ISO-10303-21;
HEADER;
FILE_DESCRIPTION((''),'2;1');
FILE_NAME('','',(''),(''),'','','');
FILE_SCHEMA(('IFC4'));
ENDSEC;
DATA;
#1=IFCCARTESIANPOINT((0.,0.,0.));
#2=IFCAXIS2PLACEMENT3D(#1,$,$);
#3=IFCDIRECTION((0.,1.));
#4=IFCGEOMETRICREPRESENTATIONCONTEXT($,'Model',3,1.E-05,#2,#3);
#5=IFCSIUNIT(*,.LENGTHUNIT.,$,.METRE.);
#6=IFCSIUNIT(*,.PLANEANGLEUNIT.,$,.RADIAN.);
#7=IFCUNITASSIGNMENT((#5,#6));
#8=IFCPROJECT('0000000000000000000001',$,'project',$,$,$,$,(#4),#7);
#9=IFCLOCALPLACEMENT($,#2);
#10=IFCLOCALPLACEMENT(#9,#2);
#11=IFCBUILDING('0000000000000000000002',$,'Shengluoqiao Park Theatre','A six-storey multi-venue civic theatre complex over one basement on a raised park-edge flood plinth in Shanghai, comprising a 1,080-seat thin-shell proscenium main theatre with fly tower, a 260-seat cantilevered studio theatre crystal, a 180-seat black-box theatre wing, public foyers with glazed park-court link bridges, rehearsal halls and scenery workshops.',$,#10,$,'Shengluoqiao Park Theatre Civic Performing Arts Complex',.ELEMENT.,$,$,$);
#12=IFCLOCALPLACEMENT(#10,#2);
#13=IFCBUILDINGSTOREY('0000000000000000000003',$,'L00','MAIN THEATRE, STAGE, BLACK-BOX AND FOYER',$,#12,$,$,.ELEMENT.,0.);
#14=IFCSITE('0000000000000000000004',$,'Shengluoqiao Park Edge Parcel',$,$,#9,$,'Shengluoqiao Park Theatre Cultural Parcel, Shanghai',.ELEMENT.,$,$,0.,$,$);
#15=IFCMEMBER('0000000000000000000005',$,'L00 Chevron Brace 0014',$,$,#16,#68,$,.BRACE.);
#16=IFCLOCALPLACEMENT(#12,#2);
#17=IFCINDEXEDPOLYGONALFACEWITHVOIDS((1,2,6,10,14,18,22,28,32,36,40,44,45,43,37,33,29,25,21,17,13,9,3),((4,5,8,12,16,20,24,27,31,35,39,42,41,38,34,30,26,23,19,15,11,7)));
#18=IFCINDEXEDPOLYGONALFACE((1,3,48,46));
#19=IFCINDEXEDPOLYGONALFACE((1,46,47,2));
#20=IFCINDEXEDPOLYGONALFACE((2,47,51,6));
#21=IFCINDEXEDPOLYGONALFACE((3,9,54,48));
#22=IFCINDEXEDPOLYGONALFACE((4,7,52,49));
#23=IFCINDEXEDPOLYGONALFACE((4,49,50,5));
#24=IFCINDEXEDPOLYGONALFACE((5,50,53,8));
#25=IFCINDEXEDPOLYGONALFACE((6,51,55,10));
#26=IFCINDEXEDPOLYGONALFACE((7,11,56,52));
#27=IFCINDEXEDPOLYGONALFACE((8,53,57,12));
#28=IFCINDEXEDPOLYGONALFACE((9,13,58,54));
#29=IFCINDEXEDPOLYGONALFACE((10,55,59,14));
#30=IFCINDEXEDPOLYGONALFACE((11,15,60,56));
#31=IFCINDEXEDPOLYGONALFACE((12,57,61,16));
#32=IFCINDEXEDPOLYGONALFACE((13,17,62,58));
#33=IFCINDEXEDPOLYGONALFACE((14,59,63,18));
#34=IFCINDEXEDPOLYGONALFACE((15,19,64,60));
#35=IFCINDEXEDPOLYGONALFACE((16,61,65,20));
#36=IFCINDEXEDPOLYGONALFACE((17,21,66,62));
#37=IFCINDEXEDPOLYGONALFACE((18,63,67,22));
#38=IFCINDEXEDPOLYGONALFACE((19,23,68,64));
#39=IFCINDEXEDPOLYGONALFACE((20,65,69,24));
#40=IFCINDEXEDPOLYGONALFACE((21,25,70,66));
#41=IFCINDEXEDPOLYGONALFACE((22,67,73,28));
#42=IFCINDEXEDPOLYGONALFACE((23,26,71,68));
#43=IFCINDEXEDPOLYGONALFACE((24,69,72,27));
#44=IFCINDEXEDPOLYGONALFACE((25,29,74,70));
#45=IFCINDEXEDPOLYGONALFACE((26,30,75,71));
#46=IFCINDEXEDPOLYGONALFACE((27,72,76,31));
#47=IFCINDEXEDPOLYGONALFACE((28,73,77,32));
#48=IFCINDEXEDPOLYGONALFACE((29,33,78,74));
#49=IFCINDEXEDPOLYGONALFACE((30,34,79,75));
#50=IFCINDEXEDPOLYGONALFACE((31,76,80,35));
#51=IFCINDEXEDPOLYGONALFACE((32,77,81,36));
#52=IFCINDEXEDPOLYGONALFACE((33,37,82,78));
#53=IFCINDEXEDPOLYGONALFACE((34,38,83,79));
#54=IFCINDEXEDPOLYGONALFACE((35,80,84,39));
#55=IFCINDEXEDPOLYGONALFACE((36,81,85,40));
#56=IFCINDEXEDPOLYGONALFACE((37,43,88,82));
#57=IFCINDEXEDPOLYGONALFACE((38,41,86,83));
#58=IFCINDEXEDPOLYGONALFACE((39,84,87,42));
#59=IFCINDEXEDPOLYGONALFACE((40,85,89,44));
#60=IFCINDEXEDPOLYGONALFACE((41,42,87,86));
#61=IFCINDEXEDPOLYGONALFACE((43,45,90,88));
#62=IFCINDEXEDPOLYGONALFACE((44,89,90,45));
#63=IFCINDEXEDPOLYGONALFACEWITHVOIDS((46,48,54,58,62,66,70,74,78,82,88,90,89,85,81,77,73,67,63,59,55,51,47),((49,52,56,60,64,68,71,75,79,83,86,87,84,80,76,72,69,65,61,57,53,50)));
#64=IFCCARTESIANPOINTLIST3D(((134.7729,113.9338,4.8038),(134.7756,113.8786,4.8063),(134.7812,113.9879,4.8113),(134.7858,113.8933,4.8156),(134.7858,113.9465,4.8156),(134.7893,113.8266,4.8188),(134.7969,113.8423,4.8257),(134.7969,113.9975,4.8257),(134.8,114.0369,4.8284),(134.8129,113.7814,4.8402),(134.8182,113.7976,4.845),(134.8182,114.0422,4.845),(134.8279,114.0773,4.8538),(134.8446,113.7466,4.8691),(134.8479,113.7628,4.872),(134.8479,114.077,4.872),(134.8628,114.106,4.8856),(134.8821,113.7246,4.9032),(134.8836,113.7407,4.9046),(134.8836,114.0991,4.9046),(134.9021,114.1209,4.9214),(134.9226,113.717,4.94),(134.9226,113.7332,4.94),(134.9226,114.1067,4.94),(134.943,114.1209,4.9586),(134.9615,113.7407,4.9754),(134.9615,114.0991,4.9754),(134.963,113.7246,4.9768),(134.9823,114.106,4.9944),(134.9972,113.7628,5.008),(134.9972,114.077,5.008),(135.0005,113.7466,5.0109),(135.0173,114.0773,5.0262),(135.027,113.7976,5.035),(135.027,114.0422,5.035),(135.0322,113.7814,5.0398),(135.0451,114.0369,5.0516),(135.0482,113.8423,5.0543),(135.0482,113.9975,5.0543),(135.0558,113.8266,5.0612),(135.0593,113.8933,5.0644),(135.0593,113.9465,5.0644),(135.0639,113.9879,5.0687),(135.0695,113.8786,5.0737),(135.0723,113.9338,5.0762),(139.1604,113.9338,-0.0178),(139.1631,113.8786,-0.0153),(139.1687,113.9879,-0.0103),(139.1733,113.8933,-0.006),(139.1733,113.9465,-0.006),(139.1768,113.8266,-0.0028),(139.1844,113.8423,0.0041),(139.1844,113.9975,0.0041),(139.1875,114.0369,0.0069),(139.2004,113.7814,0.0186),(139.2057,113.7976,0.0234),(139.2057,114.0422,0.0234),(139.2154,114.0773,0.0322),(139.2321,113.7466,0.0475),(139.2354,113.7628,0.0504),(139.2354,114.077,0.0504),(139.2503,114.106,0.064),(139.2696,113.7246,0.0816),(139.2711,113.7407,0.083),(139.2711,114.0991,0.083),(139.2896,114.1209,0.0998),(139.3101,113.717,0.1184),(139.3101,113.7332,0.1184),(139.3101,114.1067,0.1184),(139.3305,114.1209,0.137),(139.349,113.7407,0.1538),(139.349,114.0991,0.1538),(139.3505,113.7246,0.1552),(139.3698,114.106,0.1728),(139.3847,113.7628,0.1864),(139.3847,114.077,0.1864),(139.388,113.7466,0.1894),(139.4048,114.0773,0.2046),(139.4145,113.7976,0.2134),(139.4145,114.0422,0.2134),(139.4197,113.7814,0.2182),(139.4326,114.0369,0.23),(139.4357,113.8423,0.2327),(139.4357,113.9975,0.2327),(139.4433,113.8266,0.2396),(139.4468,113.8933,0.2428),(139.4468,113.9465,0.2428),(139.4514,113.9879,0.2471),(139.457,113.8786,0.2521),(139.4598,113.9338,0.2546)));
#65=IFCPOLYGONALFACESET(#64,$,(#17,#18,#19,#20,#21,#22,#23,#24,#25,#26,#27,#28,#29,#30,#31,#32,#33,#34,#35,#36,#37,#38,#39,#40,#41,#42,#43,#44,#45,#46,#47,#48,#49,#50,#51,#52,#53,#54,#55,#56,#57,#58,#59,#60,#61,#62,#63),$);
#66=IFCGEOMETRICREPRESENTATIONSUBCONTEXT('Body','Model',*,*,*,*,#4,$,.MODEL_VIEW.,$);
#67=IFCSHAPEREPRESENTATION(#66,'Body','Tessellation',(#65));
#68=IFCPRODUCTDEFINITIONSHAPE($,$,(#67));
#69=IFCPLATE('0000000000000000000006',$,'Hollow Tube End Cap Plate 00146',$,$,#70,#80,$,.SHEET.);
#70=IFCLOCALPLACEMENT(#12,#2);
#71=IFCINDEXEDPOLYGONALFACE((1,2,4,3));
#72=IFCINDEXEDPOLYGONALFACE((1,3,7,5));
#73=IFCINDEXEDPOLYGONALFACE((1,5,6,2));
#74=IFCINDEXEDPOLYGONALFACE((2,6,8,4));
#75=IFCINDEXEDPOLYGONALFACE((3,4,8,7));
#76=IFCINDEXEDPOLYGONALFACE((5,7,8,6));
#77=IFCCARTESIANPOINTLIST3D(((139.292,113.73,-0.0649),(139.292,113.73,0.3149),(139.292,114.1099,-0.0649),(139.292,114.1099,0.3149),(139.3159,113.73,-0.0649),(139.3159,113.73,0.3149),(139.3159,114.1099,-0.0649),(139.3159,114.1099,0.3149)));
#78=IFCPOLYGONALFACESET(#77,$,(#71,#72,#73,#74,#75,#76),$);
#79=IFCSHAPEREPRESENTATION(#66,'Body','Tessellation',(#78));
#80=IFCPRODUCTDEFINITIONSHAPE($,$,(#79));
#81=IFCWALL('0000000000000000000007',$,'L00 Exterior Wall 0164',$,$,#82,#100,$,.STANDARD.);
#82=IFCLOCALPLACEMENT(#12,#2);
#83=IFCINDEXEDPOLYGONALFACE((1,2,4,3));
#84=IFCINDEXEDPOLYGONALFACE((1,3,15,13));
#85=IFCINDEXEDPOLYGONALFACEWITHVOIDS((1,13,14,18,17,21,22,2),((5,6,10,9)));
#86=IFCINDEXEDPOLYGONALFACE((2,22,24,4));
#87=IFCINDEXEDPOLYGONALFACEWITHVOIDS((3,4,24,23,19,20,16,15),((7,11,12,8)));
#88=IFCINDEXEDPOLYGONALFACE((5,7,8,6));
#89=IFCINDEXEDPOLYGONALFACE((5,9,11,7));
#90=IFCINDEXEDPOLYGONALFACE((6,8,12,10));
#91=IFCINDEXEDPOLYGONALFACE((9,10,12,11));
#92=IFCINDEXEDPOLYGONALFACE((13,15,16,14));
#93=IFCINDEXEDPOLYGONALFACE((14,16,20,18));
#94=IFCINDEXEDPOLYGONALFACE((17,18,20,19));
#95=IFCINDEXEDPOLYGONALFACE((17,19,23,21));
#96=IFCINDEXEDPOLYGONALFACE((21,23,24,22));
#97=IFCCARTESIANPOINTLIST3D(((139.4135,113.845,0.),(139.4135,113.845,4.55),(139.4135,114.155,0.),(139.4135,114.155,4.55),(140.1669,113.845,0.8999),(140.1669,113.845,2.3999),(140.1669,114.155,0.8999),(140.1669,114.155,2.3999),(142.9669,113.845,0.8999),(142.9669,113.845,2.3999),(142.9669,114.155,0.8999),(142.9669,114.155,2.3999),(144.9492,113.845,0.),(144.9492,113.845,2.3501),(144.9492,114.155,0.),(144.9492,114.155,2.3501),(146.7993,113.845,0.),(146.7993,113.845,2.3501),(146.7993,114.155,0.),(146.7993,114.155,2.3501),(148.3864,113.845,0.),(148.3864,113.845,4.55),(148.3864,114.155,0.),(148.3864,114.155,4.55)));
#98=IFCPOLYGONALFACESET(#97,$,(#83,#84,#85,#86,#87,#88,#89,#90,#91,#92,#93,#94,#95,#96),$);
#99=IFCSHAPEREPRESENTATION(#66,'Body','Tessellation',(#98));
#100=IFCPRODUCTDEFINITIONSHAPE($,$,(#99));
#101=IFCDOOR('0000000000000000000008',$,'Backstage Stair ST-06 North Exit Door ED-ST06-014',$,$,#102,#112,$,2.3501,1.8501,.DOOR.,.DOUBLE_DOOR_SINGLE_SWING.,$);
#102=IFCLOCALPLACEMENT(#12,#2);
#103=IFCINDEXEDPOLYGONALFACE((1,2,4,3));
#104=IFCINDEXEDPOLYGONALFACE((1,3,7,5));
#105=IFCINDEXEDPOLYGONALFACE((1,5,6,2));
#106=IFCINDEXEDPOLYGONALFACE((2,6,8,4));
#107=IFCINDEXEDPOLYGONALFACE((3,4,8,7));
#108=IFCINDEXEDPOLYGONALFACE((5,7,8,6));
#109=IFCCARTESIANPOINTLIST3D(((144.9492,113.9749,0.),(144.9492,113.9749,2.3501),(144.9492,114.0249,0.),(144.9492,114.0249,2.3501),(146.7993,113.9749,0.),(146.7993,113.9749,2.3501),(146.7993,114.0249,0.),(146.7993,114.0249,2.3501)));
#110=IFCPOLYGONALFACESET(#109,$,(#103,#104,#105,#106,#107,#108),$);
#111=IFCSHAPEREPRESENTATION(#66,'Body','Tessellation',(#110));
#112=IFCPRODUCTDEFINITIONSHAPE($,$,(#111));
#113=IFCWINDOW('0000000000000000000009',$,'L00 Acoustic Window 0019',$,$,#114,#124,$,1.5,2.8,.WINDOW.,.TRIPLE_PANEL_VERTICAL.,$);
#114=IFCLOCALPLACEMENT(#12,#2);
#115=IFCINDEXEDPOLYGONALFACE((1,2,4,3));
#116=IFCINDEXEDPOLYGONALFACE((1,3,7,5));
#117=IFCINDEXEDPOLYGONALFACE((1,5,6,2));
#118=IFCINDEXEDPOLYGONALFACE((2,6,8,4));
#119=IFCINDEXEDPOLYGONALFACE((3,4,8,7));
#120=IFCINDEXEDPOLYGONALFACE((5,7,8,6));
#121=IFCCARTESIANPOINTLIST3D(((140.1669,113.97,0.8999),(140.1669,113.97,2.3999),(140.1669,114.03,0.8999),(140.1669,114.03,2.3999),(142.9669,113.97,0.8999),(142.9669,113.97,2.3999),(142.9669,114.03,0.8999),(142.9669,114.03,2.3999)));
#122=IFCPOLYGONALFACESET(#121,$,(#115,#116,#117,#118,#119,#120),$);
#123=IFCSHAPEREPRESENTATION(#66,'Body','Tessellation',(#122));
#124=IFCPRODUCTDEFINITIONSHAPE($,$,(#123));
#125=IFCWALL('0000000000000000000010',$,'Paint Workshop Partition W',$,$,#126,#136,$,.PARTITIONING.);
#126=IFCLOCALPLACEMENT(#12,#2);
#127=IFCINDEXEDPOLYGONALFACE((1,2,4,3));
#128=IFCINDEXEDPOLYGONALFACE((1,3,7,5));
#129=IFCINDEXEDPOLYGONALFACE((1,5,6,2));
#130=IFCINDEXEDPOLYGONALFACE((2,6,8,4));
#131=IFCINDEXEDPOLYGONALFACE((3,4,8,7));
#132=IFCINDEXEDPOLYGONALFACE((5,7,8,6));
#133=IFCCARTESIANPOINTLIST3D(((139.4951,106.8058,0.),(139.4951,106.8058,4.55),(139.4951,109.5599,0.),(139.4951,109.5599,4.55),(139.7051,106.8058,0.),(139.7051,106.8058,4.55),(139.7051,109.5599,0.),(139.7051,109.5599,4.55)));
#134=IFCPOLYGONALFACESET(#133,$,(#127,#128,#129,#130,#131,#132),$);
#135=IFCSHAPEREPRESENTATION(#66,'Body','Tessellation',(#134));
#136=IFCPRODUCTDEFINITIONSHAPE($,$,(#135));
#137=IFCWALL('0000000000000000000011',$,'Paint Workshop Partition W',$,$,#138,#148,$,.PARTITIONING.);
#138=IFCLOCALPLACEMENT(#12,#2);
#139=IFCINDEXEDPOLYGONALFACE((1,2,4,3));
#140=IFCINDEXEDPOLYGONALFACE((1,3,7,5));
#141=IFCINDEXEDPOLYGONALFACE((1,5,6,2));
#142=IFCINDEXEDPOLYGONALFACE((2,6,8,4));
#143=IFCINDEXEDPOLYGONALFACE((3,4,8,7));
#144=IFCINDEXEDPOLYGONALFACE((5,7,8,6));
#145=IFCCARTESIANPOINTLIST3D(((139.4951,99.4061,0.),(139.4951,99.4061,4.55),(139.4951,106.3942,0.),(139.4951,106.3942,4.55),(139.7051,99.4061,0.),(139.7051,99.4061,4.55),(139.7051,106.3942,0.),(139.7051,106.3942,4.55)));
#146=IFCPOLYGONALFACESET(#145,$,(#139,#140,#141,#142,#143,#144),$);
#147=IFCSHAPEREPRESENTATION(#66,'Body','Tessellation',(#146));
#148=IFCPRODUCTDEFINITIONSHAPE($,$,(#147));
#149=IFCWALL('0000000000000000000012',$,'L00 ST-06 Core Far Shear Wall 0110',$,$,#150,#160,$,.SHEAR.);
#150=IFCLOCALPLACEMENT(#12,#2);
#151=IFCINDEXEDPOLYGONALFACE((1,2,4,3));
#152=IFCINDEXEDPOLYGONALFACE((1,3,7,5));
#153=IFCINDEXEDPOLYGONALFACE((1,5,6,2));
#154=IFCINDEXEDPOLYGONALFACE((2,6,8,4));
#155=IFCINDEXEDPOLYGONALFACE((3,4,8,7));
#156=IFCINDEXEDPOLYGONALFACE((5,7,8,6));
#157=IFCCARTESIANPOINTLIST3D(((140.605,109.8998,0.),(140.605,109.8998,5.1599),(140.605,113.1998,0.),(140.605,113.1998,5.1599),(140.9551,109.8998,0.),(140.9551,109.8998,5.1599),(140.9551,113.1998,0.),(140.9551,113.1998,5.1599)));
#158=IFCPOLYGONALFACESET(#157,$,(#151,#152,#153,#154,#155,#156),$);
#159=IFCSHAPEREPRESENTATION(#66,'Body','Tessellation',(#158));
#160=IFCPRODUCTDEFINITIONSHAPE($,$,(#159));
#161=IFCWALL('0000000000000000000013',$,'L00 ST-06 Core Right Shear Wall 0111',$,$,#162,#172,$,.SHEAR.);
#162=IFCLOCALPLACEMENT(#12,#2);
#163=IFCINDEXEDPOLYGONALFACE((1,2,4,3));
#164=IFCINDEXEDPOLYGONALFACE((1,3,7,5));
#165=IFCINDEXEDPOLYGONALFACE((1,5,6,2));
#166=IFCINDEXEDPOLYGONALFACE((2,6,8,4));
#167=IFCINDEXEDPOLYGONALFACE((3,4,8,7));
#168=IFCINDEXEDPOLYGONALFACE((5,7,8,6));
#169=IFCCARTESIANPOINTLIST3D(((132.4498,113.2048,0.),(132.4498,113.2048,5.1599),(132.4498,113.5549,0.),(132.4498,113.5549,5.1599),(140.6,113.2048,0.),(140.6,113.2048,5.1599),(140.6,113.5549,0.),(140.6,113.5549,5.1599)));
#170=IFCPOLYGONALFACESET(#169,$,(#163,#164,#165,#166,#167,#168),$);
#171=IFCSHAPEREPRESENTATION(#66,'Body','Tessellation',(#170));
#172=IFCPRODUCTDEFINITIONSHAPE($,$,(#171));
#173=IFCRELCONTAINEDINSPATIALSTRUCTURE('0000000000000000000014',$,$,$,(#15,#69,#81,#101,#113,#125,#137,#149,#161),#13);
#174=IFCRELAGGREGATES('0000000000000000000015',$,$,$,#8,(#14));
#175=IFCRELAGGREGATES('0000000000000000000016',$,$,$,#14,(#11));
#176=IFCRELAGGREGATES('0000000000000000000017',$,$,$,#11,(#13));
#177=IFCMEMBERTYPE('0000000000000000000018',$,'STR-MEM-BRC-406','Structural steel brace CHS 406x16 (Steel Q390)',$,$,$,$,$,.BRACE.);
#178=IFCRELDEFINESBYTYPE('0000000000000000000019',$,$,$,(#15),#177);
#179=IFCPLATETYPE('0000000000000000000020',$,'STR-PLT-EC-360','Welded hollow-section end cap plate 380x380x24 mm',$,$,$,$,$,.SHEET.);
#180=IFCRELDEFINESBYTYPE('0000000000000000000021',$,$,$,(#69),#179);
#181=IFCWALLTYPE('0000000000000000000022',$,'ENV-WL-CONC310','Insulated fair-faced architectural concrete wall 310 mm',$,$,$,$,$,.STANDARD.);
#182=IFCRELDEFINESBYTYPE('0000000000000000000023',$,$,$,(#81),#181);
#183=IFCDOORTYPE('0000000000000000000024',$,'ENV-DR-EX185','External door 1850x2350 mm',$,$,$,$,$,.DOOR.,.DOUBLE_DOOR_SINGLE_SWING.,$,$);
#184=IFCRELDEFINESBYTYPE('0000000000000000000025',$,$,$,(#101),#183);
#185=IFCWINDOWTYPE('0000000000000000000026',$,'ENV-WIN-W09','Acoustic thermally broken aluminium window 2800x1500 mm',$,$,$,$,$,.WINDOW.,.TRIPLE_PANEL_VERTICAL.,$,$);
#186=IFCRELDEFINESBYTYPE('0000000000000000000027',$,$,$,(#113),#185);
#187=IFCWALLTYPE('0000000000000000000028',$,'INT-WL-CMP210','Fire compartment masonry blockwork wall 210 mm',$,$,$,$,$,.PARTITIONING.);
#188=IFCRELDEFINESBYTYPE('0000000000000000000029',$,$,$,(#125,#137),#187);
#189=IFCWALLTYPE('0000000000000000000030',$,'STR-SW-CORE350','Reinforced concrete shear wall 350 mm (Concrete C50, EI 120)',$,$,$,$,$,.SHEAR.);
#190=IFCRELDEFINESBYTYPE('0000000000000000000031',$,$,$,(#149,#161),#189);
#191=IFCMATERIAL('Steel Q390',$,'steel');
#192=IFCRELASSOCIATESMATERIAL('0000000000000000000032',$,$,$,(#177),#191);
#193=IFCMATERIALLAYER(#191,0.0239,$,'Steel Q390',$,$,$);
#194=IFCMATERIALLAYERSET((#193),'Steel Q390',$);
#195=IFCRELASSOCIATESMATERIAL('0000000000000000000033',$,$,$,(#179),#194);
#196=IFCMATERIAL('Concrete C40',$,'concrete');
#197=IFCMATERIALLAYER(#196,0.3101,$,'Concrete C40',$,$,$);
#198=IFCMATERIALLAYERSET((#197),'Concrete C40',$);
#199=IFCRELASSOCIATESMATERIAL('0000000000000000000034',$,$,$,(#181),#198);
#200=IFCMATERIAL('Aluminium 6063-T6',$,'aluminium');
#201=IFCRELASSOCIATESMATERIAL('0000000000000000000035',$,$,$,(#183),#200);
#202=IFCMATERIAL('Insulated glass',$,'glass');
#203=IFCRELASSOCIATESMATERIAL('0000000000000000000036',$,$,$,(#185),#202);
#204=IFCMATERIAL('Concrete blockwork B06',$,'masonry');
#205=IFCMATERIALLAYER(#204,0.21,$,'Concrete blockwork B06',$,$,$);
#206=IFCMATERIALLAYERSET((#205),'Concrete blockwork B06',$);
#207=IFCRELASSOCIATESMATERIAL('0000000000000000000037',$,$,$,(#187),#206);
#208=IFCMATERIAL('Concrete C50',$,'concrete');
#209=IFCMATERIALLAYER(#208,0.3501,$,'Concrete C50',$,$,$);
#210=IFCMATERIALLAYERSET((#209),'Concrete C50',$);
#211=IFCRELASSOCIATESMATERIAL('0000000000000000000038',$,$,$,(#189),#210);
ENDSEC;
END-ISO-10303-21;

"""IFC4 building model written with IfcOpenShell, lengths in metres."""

from ifc_helpers import new_model, si_unit, direction, frame, frame_2d, origin, origin_2d, place, context, subcontext, project, spatial, rectangle, hollow_circle, extrude, material, layer, layer_set, material_profile, profile_set, type_object, element, fill, save


model = new_model("IFC4")

# Units and contexts
model_context = context("Model", 3, precision=1e-05, world=origin(), true_north=direction((0.0, 1.0)))
body_context = subcontext(model_context, "Body", "Model", "MODEL_VIEW")
ifc_project = project(units=[si_unit("LENGTHUNIT", "METRE"), si_unit("PLANEANGLEUNIT", "RADIAN")], contexts=[model_context])

# Site, building, storey
site_placement = place(None, origin())
site = spatial("IfcSite", under=ifc_project, at=site_placement, Name="Shengluoqiao Park Edge Parcel", LongName="Shengluoqiao Park Theatre Cultural Parcel, Shanghai", CompositionType="ELEMENT", RefElevation=0.0)
building_placement = place(site_placement, origin())
building = spatial("IfcBuilding", under=site, at=building_placement, Name="Shengluoqiao Park Theatre", Description="A six-storey multi-venue civic theatre complex over one basement on a raised park-edge flood plinth in Shanghai, comprising a 1,080-seat thin-shell proscenium main theatre with fly tower, a 260-seat cantilevered studio theatre crystal, a 180-seat black-box theatre wing, public foyers with glazed park-court link bridges, rehearsal halls and scenery workshops.", LongName="Shengluoqiao Park Theatre Civic Performing Arts Complex", CompositionType="ELEMENT")
storey_placement = place(building_placement, origin())
storey = spatial("IfcBuildingStorey", under=building, at=storey_placement, Name="L00", Description="MAIN THEATRE, STAGE, BLACK-BOX AND FOYER", CompositionType="ELEMENT", Elevation=0.0)

# Shared definitions
ifc_material_1 = material(Name="Steel Q390", Category="steel")

# Shared definitions
ifc_material_2 = material(Name="Concrete C40", Category="concrete")

# Member
ifc_material_profile_1 = material_profile(ifc_material_1, hollow_circle(Radius=0.2029, WallThickness=0.0161, at=origin_2d()), Name="CHS 406x16")
ifc_profile_set_1 = profile_set([ifc_material_profile_1], Name="Steel Q390")
member_type = type_object("IfcMemberType", Name="STR-MEM-BRC-406", Description="Structural steel brace CHS 406x16 (Steel Q390)", PredefinedType="BRACE", material=ifc_profile_set_1)
member_placement = place(storey_placement, frame((139.3101, 113.9199, 0.1184), z_axis=(-0.673029, 0.0, 0.739616), x_axis=(0.0, -1.0, 0.0)))
element("IfcMember", 1, at=member_placement, inside=storey, type_object=member_type, Name="L00 Chevron Brace 0014", PredefinedType="BRACE", context=body_context, shape_type="SweptSolid", body=[
    extrude(hollow_circle(Radius=0.2029, WallThickness=0.0161, at=origin_2d()), origin(), (0.0, 0.0, 1.0), 6.519),
])

# Plate
ifc_layer_1 = layer(ifc_material_1, 0.0239, Name="Steel Q390")
ifc_layer_set_1 = layer_set([ifc_layer_1], Name="Steel Q390")
plate_type = type_object("IfcPlateType", Name="STR-PLT-EC-360", Description="Welded hollow-section end cap plate 380x380x24 mm", PredefinedType="SHEET", material=ifc_layer_set_1)
plate_placement = place(storey_placement, frame((139.304, 113.9199, -0.0649), z_axis=(0.0, 0.0, 1.0), x_axis=(-1.0, 0.0, 0.0)))
element("IfcPlate", 2, at=plate_placement, inside=storey, type_object=plate_type, Name="Hollow Tube End Cap Plate 00146", PredefinedType="SHEET", context=body_context, shape_type="SweptSolid", body=[
    extrude(rectangle(XDim=0.0239, YDim=0.3799, at=origin_2d()), origin(), (0.0, 0.0, 1.0), 0.3799),
])

# Wall, openings, door, window
ifc_layer_2 = layer(ifc_material_2, 0.3101, Name="Concrete C40")
ifc_layer_set_2 = layer_set([ifc_layer_2], Name="Concrete C40")
wall_type_1 = type_object("IfcWallType", Name="ENV-WL-CONC310", Description="Insulated fair-faced architectural concrete wall 310 mm", PredefinedType="STANDARD", material=ifc_layer_set_2)
wall_1_placement = place(storey_placement, frame((139.4136, 114.0, 0.0), z_axis=(0.0, 0.0, 1.0), x_axis=(1.0, 0.0, 0.0)))
wall_1 = element("IfcWall", 3, at=wall_1_placement, inside=storey, type_object=wall_type_1, Name="L00 Exterior Wall 0164", PredefinedType="STANDARD", context=body_context, shape_type="SweptSolid", body=[
    extrude(rectangle(XDim=8.9729, YDim=0.3101, at=frame_2d((4.4863, 0.0))), origin(), (0.0, 0.0, 1.0), 4.55),
])
opening_1_placement = place(wall_1_placement, frame((0.7534, 0.0, 0.8999)))
opening_1 = element("IfcOpeningElement", 4, at=opening_1_placement, cuts=wall_1, PredefinedType="OPENING", context=body_context, shape_type="SweptSolid", body=[
    extrude(rectangle(XDim=2.8, YDim=1.5, at=frame_2d((1.3999, 0.75))), frame((0.0, 0.165, 0.0), z_axis=(0.0, -1.0, 0.0), x_axis=(1.0, 0.0, 0.0)), (0.0, 0.0, 1.0), 0.3301),
])
opening_2_placement = place(wall_1_placement, frame((5.5356, 0.0, 0.0)))
opening_2 = element("IfcOpeningElement", 5, at=opening_2_placement, cuts=wall_1, PredefinedType="OPENING", context=body_context, shape_type="SweptSolid", body=[
    extrude(rectangle(XDim=1.8501, YDim=2.3501, at=frame_2d((0.925, 1.175))), frame((0.0, 0.165, 0.0), z_axis=(0.0, -1.0, 0.0), x_axis=(1.0, 0.0, 0.0)), (0.0, 0.0, 1.0), 0.3301),
])
ifc_material_3 = material(Name="Aluminium 6063-T6", Category="aluminium")
door_type = type_object("IfcDoorType", Name="ENV-DR-EX185", Description="External door 1850x2350 mm", OperationType="DOUBLE_DOOR_SINGLE_SWING", PredefinedType="DOOR", material=ifc_material_3)
door_placement = place(opening_2_placement, origin())
door = element("IfcDoor", 6, at=door_placement, inside=storey, type_object=door_type, Name="Backstage Stair ST-06 North Exit Door ED-ST06-014", OperationType="DOUBLE_DOOR_SINGLE_SWING", OverallHeight=2.3501, OverallWidth=1.8501, PredefinedType="DOOR", context=body_context, shape_type="SweptSolid", body=[
    extrude(rectangle(XDim=1.8501, YDim=2.3501, at=frame_2d((0.925, 1.175))), frame((0.0, 0.0249, 0.0), z_axis=(0.0, -1.0, 0.0), x_axis=(1.0, 0.0, 0.0)), (0.0, 0.0, 1.0), 0.05),
])
fill(opening_2, door)
ifc_material_4 = material(Name="Insulated glass", Category="glass")
window_type = type_object("IfcWindowType", Name="ENV-WIN-W09", Description="Acoustic thermally broken aluminium window 2800x1500 mm", PartitioningType="TRIPLE_PANEL_VERTICAL", PredefinedType="WINDOW", material=ifc_material_4)
window_placement = place(opening_1_placement, origin())
window = element("IfcWindow", 7, at=window_placement, inside=storey, type_object=window_type, Name="L00 Acoustic Window 0019", OverallHeight=1.5, OverallWidth=2.8, PartitioningType="TRIPLE_PANEL_VERTICAL", PredefinedType="WINDOW", context=body_context, shape_type="SweptSolid", body=[
    extrude(rectangle(XDim=2.8, YDim=1.5, at=frame_2d((1.3999, 0.75))), frame((0.0, 0.03, 0.0), z_axis=(0.0, -1.0, 0.0), x_axis=(1.0, 0.0, 0.0)), (0.0, 0.0, 1.0), 0.0601),
])
fill(opening_1, window)

# Walls
ifc_material_5 = material(Name="Concrete blockwork B06", Category="masonry")
ifc_layer_3 = layer(ifc_material_5, 0.21, Name="Concrete blockwork B06")
ifc_layer_set_3 = layer_set([ifc_layer_3], Name="Concrete blockwork B06")
wall_type_2 = type_object("IfcWallType", Name="INT-WL-CMP210", Description="Fire compartment masonry blockwork wall 210 mm", PredefinedType="PARTITIONING", material=ifc_layer_set_3)
wall_2_placement = place(storey_placement, frame((139.6001, 106.8059, 0.0), z_axis=(0.0, 0.0, 1.0), x_axis=(0.0, 1.0, 0.0)))
element("IfcWall", 8, at=wall_2_placement, inside=storey, type_object=wall_type_2, Name="Paint Workshop Partition W", PredefinedType="PARTITIONING", context=body_context, shape_type="SweptSolid", body=[
    extrude(rectangle(XDim=2.7542, YDim=0.21, at=frame_2d((1.377, 0.0))), origin(), (0.0, 0.0, 1.0), 4.55),
])
wall_3_placement = place(storey_placement, frame((139.6001, 99.406, 0.0), z_axis=(0.0, 0.0, 1.0), x_axis=(0.0, 1.0, 0.0)))
element("IfcWall", 9, at=wall_3_placement, inside=storey, type_object=wall_type_2, Name="Paint Workshop Partition W", PredefinedType="PARTITIONING", context=body_context, shape_type="SweptSolid", body=[
    extrude(rectangle(XDim=6.988, YDim=0.21, at=frame_2d((3.4941, 0.0))), origin(), (0.0, 0.0, 1.0), 4.55),
])
ifc_material_6 = material(Name="Concrete C50", Category="concrete")
ifc_layer_4 = layer(ifc_material_6, 0.3501, Name="Concrete C50")
ifc_layer_set_4 = layer_set([ifc_layer_4], Name="Concrete C50")
wall_type_3 = type_object("IfcWallType", Name="STR-SW-CORE350", Description="Reinforced concrete shear wall 350 mm (Concrete C50, EI 120)", PredefinedType="SHEAR", material=ifc_layer_set_4)
wall_4_placement = place(storey_placement, frame((140.78, 109.8999, 0.0), z_axis=(0.0, 0.0, 1.0), x_axis=(0.0, 1.0, 0.0)))
element("IfcWall", 10, at=wall_4_placement, inside=storey, type_object=wall_type_3, Name="L00 ST-06 Core Far Shear Wall 0110", PredefinedType="SHEAR", context=body_context, shape_type="SweptSolid", body=[
    extrude(rectangle(XDim=3.3, YDim=0.3501, at=frame_2d((1.6499, 0.0))), origin(), (0.0, 0.0, 1.0), 5.1599),
])
wall_5_placement = place(storey_placement, frame((140.6001, 113.3799, 0.0), z_axis=(0.0, 0.0, 1.0), x_axis=(-1.0, 0.0, 0.0)))
element("IfcWall", 11, at=wall_5_placement, inside=storey, type_object=wall_type_3, Name="L00 ST-06 Core Right Shear Wall 0111", PredefinedType="SHEAR", context=body_context, shape_type="SweptSolid", body=[
    extrude(rectangle(XDim=8.1501, YDim=0.3501, at=frame_2d((4.0752, 0.0))), origin(), (0.0, 0.0, 1.0), 5.1599),
])

save(model, "model.ifc")
